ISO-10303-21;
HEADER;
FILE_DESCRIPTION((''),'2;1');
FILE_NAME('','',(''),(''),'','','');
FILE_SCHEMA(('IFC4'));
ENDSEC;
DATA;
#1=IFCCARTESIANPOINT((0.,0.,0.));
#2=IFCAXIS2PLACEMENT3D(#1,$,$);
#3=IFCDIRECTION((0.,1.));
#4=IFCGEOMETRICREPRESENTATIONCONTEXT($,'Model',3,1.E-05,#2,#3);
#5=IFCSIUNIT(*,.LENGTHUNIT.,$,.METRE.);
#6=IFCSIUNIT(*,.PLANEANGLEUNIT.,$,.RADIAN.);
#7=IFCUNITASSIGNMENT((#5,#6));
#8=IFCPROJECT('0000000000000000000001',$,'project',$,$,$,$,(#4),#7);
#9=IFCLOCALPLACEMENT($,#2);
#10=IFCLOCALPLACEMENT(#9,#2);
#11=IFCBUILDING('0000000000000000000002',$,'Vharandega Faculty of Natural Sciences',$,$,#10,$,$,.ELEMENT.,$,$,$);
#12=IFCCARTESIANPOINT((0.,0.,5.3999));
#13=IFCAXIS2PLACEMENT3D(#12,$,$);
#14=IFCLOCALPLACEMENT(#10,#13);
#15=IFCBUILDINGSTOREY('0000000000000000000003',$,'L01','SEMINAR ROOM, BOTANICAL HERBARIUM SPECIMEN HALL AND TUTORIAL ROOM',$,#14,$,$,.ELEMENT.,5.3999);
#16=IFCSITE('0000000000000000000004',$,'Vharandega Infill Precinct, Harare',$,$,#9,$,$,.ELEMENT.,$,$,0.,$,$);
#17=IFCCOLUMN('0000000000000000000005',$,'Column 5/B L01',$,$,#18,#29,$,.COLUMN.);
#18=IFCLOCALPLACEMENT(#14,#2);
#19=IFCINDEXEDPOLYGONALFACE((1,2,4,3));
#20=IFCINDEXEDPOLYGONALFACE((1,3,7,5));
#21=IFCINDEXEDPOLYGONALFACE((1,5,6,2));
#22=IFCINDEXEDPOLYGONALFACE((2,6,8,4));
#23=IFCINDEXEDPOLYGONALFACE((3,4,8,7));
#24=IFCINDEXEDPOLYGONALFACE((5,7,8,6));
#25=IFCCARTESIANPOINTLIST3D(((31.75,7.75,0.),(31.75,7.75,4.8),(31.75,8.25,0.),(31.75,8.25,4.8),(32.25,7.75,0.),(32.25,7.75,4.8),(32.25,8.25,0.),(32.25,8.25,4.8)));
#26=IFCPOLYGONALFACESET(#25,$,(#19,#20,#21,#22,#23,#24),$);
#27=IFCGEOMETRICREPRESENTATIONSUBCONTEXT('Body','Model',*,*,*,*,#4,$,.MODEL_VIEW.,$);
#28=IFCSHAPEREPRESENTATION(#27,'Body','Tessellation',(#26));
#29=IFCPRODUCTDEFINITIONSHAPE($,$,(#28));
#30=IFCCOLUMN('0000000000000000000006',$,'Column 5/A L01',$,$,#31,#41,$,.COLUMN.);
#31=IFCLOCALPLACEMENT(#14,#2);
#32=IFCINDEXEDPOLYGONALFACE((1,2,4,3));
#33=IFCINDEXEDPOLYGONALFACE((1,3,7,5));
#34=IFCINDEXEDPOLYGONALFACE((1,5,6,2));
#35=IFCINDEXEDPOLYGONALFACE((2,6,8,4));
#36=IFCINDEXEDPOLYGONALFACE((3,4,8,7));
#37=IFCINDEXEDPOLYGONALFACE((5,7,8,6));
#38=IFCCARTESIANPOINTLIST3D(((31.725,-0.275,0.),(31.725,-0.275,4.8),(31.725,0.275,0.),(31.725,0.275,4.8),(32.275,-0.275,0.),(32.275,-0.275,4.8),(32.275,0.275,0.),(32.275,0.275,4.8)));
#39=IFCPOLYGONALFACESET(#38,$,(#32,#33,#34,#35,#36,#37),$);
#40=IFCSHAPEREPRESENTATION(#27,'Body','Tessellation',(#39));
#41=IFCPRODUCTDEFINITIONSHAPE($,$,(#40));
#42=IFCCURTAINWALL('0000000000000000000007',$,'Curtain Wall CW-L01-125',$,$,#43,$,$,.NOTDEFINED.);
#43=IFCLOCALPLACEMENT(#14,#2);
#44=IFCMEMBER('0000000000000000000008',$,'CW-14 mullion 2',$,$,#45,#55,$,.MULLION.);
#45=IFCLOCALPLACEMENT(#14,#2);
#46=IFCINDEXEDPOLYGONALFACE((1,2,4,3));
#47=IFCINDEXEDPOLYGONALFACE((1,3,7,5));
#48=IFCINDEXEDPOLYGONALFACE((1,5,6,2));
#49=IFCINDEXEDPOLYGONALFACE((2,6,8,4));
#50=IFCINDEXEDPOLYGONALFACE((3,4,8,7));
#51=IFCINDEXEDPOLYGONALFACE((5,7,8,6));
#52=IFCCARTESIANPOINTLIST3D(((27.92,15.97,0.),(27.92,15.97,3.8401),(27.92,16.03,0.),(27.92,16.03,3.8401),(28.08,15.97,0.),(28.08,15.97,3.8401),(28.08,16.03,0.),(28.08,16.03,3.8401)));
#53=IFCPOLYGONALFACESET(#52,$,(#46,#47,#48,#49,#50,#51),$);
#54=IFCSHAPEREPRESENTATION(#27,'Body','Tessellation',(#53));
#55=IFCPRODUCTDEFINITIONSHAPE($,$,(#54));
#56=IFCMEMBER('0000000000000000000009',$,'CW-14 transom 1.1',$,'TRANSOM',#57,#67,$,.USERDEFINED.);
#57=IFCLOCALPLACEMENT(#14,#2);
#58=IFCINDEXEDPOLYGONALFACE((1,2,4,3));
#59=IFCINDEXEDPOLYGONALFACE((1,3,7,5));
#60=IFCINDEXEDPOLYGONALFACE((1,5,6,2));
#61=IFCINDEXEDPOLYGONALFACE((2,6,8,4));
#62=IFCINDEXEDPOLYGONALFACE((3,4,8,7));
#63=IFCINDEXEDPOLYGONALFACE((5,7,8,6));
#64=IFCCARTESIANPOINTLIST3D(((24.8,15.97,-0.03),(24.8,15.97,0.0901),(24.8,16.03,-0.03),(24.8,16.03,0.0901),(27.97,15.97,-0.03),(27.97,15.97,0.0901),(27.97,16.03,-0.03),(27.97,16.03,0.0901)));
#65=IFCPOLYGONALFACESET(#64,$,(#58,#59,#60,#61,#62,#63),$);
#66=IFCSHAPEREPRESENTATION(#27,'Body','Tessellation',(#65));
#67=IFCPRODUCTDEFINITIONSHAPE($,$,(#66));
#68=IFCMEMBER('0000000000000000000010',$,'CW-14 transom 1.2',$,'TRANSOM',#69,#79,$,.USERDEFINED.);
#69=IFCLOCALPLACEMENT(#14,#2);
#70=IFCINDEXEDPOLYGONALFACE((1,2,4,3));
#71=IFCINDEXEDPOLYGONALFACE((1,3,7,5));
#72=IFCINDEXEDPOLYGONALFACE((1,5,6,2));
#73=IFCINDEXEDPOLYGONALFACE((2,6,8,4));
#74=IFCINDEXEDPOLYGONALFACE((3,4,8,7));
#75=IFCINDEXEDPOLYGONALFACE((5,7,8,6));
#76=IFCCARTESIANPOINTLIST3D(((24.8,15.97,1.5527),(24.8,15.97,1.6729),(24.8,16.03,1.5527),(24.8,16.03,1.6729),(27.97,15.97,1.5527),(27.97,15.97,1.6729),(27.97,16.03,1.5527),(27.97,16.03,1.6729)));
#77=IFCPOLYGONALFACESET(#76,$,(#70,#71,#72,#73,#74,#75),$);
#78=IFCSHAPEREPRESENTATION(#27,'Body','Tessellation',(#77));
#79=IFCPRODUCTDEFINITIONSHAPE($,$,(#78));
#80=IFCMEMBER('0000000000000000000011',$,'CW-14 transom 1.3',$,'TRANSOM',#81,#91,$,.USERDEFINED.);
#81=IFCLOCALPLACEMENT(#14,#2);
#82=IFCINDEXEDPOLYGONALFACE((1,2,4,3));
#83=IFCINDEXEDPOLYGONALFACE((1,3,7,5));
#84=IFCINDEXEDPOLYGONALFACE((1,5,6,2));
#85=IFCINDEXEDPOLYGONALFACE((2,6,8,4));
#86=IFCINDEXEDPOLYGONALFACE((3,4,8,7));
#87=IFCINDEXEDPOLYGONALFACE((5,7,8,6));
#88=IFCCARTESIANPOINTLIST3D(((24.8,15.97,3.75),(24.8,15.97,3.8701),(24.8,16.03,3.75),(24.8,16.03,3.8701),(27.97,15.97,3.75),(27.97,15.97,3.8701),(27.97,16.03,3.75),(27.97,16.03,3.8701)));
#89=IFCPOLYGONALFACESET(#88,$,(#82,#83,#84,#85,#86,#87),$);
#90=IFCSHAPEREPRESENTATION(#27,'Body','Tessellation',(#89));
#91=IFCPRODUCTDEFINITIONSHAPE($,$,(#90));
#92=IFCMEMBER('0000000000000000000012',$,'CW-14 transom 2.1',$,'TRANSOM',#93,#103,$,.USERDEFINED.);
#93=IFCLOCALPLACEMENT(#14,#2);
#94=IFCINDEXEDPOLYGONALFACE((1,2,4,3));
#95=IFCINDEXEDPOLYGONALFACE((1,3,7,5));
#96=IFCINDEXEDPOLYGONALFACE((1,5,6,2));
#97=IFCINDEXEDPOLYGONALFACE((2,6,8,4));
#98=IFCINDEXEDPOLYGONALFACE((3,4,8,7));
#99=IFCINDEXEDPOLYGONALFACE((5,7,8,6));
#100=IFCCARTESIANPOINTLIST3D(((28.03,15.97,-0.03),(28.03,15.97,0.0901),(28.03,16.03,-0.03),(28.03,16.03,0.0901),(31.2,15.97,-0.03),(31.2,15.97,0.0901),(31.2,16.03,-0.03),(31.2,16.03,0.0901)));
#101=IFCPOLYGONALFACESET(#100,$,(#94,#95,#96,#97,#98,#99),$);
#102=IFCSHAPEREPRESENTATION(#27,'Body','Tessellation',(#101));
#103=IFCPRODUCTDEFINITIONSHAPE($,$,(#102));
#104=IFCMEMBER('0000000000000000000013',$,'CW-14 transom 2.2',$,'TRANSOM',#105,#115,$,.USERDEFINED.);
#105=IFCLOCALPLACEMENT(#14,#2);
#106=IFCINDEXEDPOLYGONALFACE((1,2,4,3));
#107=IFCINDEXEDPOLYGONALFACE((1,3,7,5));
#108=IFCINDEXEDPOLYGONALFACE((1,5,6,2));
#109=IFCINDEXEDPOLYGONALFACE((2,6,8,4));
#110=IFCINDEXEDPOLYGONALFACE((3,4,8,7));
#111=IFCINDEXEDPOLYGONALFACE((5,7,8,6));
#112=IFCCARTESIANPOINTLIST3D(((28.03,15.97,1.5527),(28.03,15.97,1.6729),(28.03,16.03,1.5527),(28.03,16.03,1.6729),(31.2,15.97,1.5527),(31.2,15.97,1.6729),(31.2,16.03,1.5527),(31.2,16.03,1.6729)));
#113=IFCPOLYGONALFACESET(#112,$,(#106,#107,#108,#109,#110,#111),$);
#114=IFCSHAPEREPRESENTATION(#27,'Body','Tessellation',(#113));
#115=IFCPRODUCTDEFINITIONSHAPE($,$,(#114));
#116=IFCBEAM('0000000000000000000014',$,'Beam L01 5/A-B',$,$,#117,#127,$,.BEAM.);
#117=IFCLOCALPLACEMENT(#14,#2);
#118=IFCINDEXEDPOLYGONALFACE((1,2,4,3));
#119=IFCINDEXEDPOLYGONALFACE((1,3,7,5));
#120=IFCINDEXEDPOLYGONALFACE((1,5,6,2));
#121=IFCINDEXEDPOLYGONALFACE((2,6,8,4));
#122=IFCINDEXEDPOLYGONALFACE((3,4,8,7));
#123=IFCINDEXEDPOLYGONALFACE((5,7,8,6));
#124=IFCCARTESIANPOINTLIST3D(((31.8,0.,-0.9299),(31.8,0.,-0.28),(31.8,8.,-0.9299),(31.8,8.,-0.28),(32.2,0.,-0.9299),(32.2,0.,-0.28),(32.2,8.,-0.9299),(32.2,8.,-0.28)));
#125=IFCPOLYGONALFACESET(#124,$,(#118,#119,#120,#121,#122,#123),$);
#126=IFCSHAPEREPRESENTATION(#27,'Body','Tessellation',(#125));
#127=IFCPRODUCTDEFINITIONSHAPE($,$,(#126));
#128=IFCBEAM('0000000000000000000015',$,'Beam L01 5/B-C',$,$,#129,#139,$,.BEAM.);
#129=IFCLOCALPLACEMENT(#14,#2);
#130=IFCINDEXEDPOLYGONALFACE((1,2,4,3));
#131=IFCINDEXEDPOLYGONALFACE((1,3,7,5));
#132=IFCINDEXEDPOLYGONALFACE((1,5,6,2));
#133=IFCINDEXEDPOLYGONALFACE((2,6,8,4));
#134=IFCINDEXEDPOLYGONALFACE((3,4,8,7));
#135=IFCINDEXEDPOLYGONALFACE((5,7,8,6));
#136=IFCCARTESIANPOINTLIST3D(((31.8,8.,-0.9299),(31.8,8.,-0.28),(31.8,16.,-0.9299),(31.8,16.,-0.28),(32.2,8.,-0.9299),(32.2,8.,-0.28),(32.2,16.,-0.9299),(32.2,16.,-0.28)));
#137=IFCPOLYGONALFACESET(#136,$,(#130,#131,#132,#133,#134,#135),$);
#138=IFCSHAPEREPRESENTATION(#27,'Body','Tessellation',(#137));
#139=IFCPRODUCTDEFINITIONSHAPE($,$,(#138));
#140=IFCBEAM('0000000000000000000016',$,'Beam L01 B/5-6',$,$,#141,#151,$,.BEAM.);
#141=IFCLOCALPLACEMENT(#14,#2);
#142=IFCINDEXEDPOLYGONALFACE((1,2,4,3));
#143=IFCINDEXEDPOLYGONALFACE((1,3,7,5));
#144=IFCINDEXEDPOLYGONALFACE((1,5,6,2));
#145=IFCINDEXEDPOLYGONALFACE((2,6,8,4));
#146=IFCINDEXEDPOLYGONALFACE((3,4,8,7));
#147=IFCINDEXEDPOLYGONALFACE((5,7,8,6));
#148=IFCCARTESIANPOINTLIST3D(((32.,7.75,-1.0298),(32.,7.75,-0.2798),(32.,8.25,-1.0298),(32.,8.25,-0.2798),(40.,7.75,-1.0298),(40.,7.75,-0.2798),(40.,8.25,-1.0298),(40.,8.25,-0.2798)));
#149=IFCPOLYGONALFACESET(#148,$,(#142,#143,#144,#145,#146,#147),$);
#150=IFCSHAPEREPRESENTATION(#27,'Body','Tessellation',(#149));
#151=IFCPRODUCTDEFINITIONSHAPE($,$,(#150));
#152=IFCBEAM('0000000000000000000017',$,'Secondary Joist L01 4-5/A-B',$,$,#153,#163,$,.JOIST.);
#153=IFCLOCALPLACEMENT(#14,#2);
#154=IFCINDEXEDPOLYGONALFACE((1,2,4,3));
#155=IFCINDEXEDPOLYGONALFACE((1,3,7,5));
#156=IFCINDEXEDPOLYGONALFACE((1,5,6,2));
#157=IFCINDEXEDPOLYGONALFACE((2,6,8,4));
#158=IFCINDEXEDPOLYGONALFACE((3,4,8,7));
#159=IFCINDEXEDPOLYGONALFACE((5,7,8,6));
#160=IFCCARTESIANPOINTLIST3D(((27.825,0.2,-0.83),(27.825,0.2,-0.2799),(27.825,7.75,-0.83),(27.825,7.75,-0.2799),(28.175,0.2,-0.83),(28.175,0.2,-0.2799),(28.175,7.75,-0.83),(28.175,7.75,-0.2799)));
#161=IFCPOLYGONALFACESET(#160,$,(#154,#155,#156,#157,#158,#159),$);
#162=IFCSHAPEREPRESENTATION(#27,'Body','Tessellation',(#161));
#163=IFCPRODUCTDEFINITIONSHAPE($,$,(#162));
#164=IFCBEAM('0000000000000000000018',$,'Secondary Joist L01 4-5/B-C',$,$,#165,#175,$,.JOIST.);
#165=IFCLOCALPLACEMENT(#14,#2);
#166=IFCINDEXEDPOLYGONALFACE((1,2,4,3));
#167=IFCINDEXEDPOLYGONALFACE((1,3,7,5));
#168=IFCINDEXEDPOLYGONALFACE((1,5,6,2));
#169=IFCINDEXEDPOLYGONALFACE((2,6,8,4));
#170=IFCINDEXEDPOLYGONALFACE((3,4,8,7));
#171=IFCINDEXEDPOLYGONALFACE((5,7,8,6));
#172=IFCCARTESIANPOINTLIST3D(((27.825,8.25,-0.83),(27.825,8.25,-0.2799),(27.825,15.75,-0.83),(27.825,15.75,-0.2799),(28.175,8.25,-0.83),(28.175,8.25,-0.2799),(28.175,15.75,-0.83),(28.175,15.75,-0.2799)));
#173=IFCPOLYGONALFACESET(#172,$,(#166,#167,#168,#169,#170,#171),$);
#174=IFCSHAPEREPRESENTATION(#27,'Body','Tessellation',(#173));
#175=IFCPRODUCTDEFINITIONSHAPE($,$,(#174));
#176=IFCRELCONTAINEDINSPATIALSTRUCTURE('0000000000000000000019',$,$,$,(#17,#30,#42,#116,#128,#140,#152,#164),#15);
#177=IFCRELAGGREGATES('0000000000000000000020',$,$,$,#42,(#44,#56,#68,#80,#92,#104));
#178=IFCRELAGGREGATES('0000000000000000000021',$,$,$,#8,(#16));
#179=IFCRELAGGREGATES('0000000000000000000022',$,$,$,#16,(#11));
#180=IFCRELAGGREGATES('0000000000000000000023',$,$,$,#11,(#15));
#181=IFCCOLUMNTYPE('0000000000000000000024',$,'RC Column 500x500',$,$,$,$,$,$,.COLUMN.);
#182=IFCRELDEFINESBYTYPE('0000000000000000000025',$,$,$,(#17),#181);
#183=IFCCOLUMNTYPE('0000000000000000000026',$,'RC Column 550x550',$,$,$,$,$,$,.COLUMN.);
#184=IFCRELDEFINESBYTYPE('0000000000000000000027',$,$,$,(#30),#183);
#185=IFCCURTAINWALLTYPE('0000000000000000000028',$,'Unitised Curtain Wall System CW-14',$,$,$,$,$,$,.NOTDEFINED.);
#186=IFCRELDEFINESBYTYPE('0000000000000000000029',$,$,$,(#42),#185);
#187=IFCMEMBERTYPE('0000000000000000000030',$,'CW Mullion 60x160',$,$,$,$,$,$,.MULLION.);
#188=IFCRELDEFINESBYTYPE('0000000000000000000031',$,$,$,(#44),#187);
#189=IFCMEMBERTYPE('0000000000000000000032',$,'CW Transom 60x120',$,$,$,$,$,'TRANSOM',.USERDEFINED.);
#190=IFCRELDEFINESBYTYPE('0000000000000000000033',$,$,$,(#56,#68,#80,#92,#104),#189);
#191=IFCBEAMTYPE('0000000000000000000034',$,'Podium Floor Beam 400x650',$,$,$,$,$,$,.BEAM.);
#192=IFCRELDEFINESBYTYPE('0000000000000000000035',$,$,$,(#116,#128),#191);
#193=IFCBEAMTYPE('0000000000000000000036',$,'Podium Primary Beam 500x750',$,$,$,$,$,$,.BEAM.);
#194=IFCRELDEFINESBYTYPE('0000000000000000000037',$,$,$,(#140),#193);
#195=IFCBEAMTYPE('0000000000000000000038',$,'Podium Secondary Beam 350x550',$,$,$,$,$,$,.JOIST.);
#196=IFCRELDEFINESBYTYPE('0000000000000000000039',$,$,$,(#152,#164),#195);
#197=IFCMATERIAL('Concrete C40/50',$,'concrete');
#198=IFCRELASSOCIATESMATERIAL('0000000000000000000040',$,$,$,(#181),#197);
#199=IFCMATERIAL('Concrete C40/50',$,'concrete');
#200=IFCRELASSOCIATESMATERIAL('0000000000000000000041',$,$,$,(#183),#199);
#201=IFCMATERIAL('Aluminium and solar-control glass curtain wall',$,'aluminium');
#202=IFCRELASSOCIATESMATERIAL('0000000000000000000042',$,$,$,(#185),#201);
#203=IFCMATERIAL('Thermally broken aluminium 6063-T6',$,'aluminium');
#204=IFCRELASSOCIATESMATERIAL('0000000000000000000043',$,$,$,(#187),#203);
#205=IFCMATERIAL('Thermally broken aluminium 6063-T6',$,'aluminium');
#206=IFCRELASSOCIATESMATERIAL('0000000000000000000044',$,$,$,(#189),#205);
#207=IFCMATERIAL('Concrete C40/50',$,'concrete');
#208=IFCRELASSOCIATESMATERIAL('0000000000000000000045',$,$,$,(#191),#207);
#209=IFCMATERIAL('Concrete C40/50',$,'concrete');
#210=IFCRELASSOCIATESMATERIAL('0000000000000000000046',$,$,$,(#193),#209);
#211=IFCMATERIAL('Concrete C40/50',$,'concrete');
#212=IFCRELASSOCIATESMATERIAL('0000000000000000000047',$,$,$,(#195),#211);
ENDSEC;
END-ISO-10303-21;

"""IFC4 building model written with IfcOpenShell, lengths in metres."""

from ifc_helpers import new_model, si_unit, direction, frame, origin, origin_2d, place, context, subcontext, project, spatial, rectangle, extrude, material, material_profile, profile_set, type_object, element, aggregate, save


model = new_model("IFC4")

# Units and contexts
model_context = context("Model", 3, precision=1e-05, world=origin(), true_north=direction((0.0, 1.0)))
body_context = subcontext(model_context, "Body", "Model", "MODEL_VIEW")
ifc_project = project(units=[si_unit("LENGTHUNIT", "METRE"), si_unit("PLANEANGLEUNIT", "RADIAN")], contexts=[model_context])

# Site, building, storey
site_placement = place(None, origin())
site = spatial("IfcSite", under=ifc_project, at=site_placement, Name="Vharandega Infill Precinct, Harare", CompositionType="ELEMENT", RefElevation=0.0)
building_placement = place(site_placement, origin())
building = spatial("IfcBuilding", under=site, at=building_placement, Name="Vharandega Faculty of Natural Sciences", CompositionType="ELEMENT")
storey_placement = place(building_placement, frame((0.0, 0.0, 5.3999)))
storey = spatial("IfcBuildingStorey", under=building, at=storey_placement, Name="L01", Description="SEMINAR ROOM, BOTANICAL HERBARIUM SPECIMEN HALL AND TUTORIAL ROOM", CompositionType="ELEMENT", Elevation=5.3999)

# Columns
ifc_material_1 = material(Name="Concrete C40/50", Category="concrete")
ifc_material_profile_1 = material_profile(ifc_material_1, rectangle(XDim=0.5, YDim=0.5, at=origin_2d()), Name="RC 500x500")
ifc_profile_set_1 = profile_set([ifc_material_profile_1], Name="Concrete C40/50")
column_type_1 = type_object("IfcColumnType", Name="RC Column 500x500", PredefinedType="COLUMN", material=ifc_profile_set_1)
column_1_placement = place(storey_placement, frame((32.0, 8.0, 0.0), z_axis=(0.0, 0.0, 1.0), x_axis=(1.0, 0.0, 0.0)))
element("IfcColumn", 1, at=column_1_placement, inside=storey, type_object=column_type_1, Name="Column 5/B L01", PredefinedType="COLUMN", context=body_context, shape_type="SweptSolid", body=[
    extrude(rectangle(XDim=0.5, YDim=0.5, at=origin_2d()), origin(), (0.0, 0.0, 1.0), 4.8),
])
ifc_material_2 = material(Name="Concrete C40/50", Category="concrete")
ifc_material_profile_2 = material_profile(ifc_material_2, rectangle(XDim=0.55, YDim=0.55, at=origin_2d()), Name="RC 550x550")
ifc_profile_set_2 = profile_set([ifc_material_profile_2], Name="Concrete C40/50")
column_type_2 = type_object("IfcColumnType", Name="RC Column 550x550", PredefinedType="COLUMN", material=ifc_profile_set_2)
column_2_placement = place(storey_placement, frame((32.0, 0.0, 0.0), z_axis=(0.0, 0.0, 1.0), x_axis=(1.0, 0.0, 0.0)))
element("IfcColumn", 2, at=column_2_placement, inside=storey, type_object=column_type_2, Name="Column 5/A L01", PredefinedType="COLUMN", context=body_context, shape_type="SweptSolid", body=[
    extrude(rectangle(XDim=0.55, YDim=0.55, at=origin_2d()), origin(), (0.0, 0.0, 1.0), 4.8),
])

# Curtain wall, members
ifc_material_3 = material(Name="Aluminium and solar-control glass curtain wall", Category="aluminium")
curtain_wall_type = type_object("IfcCurtainWallType", Name="Unitised Curtain Wall System CW-14", PredefinedType="NOTDEFINED", material=ifc_material_3)
curtain_wall_placement = place(storey_placement, origin())
curtain_wall = element("IfcCurtainWall", 3, at=curtain_wall_placement, inside=storey, type_object=curtain_wall_type, Name="Curtain Wall CW-L01-125", PredefinedType="NOTDEFINED")
ifc_material_4 = material(Name="Thermally broken aluminium 6063-T6", Category="aluminium")
ifc_material_profile_3 = material_profile(ifc_material_4, rectangle(XDim=0.0601, YDim=0.1599, at=origin_2d()), Name="ALU 60x160")
ifc_profile_set_3 = profile_set([ifc_material_profile_3], Name="Thermally broken aluminium 6063-T6")
member_type_1 = type_object("IfcMemberType", Name="CW Mullion 60x160", PredefinedType="MULLION", material=ifc_profile_set_3)
member_1_placement = place(storey_placement, frame((28.0, 16.0, 0.0), z_axis=(0.0, 0.0, 1.0), x_axis=(0.0, 1.0, 0.0)))
member_1 = element("IfcMember", 4, at=member_1_placement, type_object=member_type_1, Name="CW-14 mullion 2", PredefinedType="MULLION", context=body_context, shape_type="SweptSolid", body=[
    extrude(rectangle(XDim=0.0601, YDim=0.1599, at=origin_2d()), origin(), (0.0, 0.0, 1.0), 3.8401),
])
ifc_material_5 = material(Name="Thermally broken aluminium 6063-T6", Category="aluminium")
ifc_material_profile_4 = material_profile(ifc_material_5, rectangle(XDim=0.0601, YDim=0.1201, at=origin_2d()), Name="ALU 60x120")
ifc_profile_set_4 = profile_set([ifc_material_profile_4], Name="Thermally broken aluminium 6063-T6")
member_type_2 = type_object("IfcMemberType", Name="CW Transom 60x120", ElementType="TRANSOM", PredefinedType="USERDEFINED", material=ifc_profile_set_4)
member_2_placement = place(storey_placement, frame((24.8, 16.0, 0.03), z_axis=(1.0, 0.0, 0.0), x_axis=(0.0, 1.0, 0.0)))
member_2 = element("IfcMember", 5, at=member_2_placement, type_object=member_type_2, Name="CW-14 transom 1.1", ObjectType="TRANSOM", PredefinedType="USERDEFINED", context=body_context, shape_type="SweptSolid", body=[
    extrude(rectangle(XDim=0.0601, YDim=0.1201, at=origin_2d()), origin(), (0.0, 0.0, 1.0), 3.1699),
])
member_3_placement = place(storey_placement, frame((24.8, 16.0, 1.6128), z_axis=(1.0, 0.0, 0.0), x_axis=(0.0, 1.0, 0.0)))
member_3 = element("IfcMember", 6, at=member_3_placement, type_object=member_type_2, Name="CW-14 transom 1.2", ObjectType="TRANSOM", PredefinedType="USERDEFINED", context=body_context, shape_type="SweptSolid", body=[
    extrude(rectangle(XDim=0.0601, YDim=0.1201, at=origin_2d()), origin(), (0.0, 0.0, 1.0), 3.1699),
])
member_4_placement = place(storey_placement, frame((24.8, 16.0, 3.8101), z_axis=(1.0, 0.0, 0.0), x_axis=(0.0, 1.0, 0.0)))
member_4 = element("IfcMember", 7, at=member_4_placement, type_object=member_type_2, Name="CW-14 transom 1.3", ObjectType="TRANSOM", PredefinedType="USERDEFINED", context=body_context, shape_type="SweptSolid", body=[
    extrude(rectangle(XDim=0.0601, YDim=0.1201, at=origin_2d()), origin(), (0.0, 0.0, 1.0), 3.1699),
])
member_5_placement = place(storey_placement, frame((28.03, 16.0, 0.03), z_axis=(1.0, 0.0, 0.0), x_axis=(0.0, 1.0, 0.0)))
member_5 = element("IfcMember", 8, at=member_5_placement, type_object=member_type_2, Name="CW-14 transom 2.1", ObjectType="TRANSOM", PredefinedType="USERDEFINED", context=body_context, shape_type="SweptSolid", body=[
    extrude(rectangle(XDim=0.0601, YDim=0.1201, at=origin_2d()), origin(), (0.0, 0.0, 1.0), 3.1699),
])
member_6_placement = place(storey_placement, frame((28.03, 16.0, 1.6128), z_axis=(1.0, 0.0, 0.0), x_axis=(0.0, 1.0, 0.0)))
member_6 = element("IfcMember", 9, at=member_6_placement, type_object=member_type_2, Name="CW-14 transom 2.2", ObjectType="TRANSOM", PredefinedType="USERDEFINED", context=body_context, shape_type="SweptSolid", body=[
    extrude(rectangle(XDim=0.0601, YDim=0.1201, at=origin_2d()), origin(), (0.0, 0.0, 1.0), 3.1699),
])

# Beams
ifc_material_6 = material(Name="Concrete C40/50", Category="concrete")
ifc_material_profile_5 = material_profile(ifc_material_6, rectangle(XDim=0.3999, YDim=0.6499, at=origin_2d()), Name="RC 400x650")
ifc_profile_set_5 = profile_set([ifc_material_profile_5], Name="Concrete C40/50")
beam_type_1 = type_object("IfcBeamType", Name="Podium Floor Beam 400x650", PredefinedType="BEAM", material=ifc_profile_set_5)
for number, where, z_axis, x_axis, name in (
    (10, (32.0, 0.0, -0.605), (0.0, 1.0, 0.0), (-1.0, 0.0, 0.0), "Beam L01 5/A-B"),
    (11, (32.0, 8.0, -0.605), (0.0, 1.0, 0.0), (-1.0, 0.0, 0.0), "Beam L01 5/B-C"),
):
    element("IfcBeam", number, at=place(storey_placement, frame(where, z_axis=z_axis, x_axis=x_axis)), inside=storey, type_object=beam_type_1, Name=name, PredefinedType="BEAM", context=body_context, shape_type="SweptSolid", body=[
        extrude(rectangle(XDim=0.3999, YDim=0.6499, at=origin_2d()), origin(), (0.0, 0.0, 1.0), 8.0),
    ])
ifc_material_7 = material(Name="Concrete C40/50", Category="concrete")
ifc_material_profile_6 = material_profile(ifc_material_7, rectangle(XDim=0.5, YDim=0.75, at=origin_2d()), Name="RC 500x750")
ifc_profile_set_6 = profile_set([ifc_material_profile_6], Name="Concrete C40/50")
beam_type_2 = type_object("IfcBeamType", Name="Podium Primary Beam 500x750", PredefinedType="BEAM", material=ifc_profile_set_6)
beam_1_placement = place(storey_placement, frame((32.0, 8.0, -0.6548), z_axis=(1.0, 0.0, 0.0), x_axis=(0.0, 1.0, 0.0)))
element("IfcBeam", 12, at=beam_1_placement, inside=storey, type_object=beam_type_2, Name="Beam L01 B/5-6", PredefinedType="BEAM", context=body_context, shape_type="SweptSolid", body=[
    extrude(rectangle(XDim=0.5, YDim=0.75, at=origin_2d()), origin(), (0.0, 0.0, 1.0), 8.0),
])
ifc_material_8 = material(Name="Concrete C40/50", Category="concrete")
ifc_material_profile_7 = material_profile(ifc_material_8, rectangle(XDim=0.3501, YDim=0.55, at=origin_2d()), Name="RC 350x550")
ifc_profile_set_7 = profile_set([ifc_material_profile_7], Name="Concrete C40/50")
beam_type_3 = type_object("IfcBeamType", Name="Podium Secondary Beam 350x550", PredefinedType="JOIST", material=ifc_profile_set_7)
beam_2_placement = place(storey_placement, frame((28.0, 0.2, -0.5549), z_axis=(0.0, 1.0, 0.0), x_axis=(-1.0, 0.0, 0.0)))
element("IfcBeam", 13, at=beam_2_placement, inside=storey, type_object=beam_type_3, Name="Secondary Joist L01 4-5/A-B", PredefinedType="JOIST", context=body_context, shape_type="SweptSolid", body=[
    extrude(rectangle(XDim=0.3501, YDim=0.55, at=origin_2d()), origin(), (0.0, 0.0, 1.0), 7.55),
])
beam_3_placement = place(storey_placement, frame((28.0, 8.25, -0.5549), z_axis=(0.0, 1.0, 0.0), x_axis=(-1.0, 0.0, 0.0)))
element("IfcBeam", 14, at=beam_3_placement, inside=storey, type_object=beam_type_3, Name="Secondary Joist L01 4-5/B-C", PredefinedType="JOIST", context=body_context, shape_type="SweptSolid", body=[
    extrude(rectangle(XDim=0.3501, YDim=0.55, at=origin_2d()), origin(), (0.0, 0.0, 1.0), 7.5),
])

aggregate(curtain_wall, [member_1, member_2, member_3, member_4, member_5, member_6])

save(model, "model.ifc")
